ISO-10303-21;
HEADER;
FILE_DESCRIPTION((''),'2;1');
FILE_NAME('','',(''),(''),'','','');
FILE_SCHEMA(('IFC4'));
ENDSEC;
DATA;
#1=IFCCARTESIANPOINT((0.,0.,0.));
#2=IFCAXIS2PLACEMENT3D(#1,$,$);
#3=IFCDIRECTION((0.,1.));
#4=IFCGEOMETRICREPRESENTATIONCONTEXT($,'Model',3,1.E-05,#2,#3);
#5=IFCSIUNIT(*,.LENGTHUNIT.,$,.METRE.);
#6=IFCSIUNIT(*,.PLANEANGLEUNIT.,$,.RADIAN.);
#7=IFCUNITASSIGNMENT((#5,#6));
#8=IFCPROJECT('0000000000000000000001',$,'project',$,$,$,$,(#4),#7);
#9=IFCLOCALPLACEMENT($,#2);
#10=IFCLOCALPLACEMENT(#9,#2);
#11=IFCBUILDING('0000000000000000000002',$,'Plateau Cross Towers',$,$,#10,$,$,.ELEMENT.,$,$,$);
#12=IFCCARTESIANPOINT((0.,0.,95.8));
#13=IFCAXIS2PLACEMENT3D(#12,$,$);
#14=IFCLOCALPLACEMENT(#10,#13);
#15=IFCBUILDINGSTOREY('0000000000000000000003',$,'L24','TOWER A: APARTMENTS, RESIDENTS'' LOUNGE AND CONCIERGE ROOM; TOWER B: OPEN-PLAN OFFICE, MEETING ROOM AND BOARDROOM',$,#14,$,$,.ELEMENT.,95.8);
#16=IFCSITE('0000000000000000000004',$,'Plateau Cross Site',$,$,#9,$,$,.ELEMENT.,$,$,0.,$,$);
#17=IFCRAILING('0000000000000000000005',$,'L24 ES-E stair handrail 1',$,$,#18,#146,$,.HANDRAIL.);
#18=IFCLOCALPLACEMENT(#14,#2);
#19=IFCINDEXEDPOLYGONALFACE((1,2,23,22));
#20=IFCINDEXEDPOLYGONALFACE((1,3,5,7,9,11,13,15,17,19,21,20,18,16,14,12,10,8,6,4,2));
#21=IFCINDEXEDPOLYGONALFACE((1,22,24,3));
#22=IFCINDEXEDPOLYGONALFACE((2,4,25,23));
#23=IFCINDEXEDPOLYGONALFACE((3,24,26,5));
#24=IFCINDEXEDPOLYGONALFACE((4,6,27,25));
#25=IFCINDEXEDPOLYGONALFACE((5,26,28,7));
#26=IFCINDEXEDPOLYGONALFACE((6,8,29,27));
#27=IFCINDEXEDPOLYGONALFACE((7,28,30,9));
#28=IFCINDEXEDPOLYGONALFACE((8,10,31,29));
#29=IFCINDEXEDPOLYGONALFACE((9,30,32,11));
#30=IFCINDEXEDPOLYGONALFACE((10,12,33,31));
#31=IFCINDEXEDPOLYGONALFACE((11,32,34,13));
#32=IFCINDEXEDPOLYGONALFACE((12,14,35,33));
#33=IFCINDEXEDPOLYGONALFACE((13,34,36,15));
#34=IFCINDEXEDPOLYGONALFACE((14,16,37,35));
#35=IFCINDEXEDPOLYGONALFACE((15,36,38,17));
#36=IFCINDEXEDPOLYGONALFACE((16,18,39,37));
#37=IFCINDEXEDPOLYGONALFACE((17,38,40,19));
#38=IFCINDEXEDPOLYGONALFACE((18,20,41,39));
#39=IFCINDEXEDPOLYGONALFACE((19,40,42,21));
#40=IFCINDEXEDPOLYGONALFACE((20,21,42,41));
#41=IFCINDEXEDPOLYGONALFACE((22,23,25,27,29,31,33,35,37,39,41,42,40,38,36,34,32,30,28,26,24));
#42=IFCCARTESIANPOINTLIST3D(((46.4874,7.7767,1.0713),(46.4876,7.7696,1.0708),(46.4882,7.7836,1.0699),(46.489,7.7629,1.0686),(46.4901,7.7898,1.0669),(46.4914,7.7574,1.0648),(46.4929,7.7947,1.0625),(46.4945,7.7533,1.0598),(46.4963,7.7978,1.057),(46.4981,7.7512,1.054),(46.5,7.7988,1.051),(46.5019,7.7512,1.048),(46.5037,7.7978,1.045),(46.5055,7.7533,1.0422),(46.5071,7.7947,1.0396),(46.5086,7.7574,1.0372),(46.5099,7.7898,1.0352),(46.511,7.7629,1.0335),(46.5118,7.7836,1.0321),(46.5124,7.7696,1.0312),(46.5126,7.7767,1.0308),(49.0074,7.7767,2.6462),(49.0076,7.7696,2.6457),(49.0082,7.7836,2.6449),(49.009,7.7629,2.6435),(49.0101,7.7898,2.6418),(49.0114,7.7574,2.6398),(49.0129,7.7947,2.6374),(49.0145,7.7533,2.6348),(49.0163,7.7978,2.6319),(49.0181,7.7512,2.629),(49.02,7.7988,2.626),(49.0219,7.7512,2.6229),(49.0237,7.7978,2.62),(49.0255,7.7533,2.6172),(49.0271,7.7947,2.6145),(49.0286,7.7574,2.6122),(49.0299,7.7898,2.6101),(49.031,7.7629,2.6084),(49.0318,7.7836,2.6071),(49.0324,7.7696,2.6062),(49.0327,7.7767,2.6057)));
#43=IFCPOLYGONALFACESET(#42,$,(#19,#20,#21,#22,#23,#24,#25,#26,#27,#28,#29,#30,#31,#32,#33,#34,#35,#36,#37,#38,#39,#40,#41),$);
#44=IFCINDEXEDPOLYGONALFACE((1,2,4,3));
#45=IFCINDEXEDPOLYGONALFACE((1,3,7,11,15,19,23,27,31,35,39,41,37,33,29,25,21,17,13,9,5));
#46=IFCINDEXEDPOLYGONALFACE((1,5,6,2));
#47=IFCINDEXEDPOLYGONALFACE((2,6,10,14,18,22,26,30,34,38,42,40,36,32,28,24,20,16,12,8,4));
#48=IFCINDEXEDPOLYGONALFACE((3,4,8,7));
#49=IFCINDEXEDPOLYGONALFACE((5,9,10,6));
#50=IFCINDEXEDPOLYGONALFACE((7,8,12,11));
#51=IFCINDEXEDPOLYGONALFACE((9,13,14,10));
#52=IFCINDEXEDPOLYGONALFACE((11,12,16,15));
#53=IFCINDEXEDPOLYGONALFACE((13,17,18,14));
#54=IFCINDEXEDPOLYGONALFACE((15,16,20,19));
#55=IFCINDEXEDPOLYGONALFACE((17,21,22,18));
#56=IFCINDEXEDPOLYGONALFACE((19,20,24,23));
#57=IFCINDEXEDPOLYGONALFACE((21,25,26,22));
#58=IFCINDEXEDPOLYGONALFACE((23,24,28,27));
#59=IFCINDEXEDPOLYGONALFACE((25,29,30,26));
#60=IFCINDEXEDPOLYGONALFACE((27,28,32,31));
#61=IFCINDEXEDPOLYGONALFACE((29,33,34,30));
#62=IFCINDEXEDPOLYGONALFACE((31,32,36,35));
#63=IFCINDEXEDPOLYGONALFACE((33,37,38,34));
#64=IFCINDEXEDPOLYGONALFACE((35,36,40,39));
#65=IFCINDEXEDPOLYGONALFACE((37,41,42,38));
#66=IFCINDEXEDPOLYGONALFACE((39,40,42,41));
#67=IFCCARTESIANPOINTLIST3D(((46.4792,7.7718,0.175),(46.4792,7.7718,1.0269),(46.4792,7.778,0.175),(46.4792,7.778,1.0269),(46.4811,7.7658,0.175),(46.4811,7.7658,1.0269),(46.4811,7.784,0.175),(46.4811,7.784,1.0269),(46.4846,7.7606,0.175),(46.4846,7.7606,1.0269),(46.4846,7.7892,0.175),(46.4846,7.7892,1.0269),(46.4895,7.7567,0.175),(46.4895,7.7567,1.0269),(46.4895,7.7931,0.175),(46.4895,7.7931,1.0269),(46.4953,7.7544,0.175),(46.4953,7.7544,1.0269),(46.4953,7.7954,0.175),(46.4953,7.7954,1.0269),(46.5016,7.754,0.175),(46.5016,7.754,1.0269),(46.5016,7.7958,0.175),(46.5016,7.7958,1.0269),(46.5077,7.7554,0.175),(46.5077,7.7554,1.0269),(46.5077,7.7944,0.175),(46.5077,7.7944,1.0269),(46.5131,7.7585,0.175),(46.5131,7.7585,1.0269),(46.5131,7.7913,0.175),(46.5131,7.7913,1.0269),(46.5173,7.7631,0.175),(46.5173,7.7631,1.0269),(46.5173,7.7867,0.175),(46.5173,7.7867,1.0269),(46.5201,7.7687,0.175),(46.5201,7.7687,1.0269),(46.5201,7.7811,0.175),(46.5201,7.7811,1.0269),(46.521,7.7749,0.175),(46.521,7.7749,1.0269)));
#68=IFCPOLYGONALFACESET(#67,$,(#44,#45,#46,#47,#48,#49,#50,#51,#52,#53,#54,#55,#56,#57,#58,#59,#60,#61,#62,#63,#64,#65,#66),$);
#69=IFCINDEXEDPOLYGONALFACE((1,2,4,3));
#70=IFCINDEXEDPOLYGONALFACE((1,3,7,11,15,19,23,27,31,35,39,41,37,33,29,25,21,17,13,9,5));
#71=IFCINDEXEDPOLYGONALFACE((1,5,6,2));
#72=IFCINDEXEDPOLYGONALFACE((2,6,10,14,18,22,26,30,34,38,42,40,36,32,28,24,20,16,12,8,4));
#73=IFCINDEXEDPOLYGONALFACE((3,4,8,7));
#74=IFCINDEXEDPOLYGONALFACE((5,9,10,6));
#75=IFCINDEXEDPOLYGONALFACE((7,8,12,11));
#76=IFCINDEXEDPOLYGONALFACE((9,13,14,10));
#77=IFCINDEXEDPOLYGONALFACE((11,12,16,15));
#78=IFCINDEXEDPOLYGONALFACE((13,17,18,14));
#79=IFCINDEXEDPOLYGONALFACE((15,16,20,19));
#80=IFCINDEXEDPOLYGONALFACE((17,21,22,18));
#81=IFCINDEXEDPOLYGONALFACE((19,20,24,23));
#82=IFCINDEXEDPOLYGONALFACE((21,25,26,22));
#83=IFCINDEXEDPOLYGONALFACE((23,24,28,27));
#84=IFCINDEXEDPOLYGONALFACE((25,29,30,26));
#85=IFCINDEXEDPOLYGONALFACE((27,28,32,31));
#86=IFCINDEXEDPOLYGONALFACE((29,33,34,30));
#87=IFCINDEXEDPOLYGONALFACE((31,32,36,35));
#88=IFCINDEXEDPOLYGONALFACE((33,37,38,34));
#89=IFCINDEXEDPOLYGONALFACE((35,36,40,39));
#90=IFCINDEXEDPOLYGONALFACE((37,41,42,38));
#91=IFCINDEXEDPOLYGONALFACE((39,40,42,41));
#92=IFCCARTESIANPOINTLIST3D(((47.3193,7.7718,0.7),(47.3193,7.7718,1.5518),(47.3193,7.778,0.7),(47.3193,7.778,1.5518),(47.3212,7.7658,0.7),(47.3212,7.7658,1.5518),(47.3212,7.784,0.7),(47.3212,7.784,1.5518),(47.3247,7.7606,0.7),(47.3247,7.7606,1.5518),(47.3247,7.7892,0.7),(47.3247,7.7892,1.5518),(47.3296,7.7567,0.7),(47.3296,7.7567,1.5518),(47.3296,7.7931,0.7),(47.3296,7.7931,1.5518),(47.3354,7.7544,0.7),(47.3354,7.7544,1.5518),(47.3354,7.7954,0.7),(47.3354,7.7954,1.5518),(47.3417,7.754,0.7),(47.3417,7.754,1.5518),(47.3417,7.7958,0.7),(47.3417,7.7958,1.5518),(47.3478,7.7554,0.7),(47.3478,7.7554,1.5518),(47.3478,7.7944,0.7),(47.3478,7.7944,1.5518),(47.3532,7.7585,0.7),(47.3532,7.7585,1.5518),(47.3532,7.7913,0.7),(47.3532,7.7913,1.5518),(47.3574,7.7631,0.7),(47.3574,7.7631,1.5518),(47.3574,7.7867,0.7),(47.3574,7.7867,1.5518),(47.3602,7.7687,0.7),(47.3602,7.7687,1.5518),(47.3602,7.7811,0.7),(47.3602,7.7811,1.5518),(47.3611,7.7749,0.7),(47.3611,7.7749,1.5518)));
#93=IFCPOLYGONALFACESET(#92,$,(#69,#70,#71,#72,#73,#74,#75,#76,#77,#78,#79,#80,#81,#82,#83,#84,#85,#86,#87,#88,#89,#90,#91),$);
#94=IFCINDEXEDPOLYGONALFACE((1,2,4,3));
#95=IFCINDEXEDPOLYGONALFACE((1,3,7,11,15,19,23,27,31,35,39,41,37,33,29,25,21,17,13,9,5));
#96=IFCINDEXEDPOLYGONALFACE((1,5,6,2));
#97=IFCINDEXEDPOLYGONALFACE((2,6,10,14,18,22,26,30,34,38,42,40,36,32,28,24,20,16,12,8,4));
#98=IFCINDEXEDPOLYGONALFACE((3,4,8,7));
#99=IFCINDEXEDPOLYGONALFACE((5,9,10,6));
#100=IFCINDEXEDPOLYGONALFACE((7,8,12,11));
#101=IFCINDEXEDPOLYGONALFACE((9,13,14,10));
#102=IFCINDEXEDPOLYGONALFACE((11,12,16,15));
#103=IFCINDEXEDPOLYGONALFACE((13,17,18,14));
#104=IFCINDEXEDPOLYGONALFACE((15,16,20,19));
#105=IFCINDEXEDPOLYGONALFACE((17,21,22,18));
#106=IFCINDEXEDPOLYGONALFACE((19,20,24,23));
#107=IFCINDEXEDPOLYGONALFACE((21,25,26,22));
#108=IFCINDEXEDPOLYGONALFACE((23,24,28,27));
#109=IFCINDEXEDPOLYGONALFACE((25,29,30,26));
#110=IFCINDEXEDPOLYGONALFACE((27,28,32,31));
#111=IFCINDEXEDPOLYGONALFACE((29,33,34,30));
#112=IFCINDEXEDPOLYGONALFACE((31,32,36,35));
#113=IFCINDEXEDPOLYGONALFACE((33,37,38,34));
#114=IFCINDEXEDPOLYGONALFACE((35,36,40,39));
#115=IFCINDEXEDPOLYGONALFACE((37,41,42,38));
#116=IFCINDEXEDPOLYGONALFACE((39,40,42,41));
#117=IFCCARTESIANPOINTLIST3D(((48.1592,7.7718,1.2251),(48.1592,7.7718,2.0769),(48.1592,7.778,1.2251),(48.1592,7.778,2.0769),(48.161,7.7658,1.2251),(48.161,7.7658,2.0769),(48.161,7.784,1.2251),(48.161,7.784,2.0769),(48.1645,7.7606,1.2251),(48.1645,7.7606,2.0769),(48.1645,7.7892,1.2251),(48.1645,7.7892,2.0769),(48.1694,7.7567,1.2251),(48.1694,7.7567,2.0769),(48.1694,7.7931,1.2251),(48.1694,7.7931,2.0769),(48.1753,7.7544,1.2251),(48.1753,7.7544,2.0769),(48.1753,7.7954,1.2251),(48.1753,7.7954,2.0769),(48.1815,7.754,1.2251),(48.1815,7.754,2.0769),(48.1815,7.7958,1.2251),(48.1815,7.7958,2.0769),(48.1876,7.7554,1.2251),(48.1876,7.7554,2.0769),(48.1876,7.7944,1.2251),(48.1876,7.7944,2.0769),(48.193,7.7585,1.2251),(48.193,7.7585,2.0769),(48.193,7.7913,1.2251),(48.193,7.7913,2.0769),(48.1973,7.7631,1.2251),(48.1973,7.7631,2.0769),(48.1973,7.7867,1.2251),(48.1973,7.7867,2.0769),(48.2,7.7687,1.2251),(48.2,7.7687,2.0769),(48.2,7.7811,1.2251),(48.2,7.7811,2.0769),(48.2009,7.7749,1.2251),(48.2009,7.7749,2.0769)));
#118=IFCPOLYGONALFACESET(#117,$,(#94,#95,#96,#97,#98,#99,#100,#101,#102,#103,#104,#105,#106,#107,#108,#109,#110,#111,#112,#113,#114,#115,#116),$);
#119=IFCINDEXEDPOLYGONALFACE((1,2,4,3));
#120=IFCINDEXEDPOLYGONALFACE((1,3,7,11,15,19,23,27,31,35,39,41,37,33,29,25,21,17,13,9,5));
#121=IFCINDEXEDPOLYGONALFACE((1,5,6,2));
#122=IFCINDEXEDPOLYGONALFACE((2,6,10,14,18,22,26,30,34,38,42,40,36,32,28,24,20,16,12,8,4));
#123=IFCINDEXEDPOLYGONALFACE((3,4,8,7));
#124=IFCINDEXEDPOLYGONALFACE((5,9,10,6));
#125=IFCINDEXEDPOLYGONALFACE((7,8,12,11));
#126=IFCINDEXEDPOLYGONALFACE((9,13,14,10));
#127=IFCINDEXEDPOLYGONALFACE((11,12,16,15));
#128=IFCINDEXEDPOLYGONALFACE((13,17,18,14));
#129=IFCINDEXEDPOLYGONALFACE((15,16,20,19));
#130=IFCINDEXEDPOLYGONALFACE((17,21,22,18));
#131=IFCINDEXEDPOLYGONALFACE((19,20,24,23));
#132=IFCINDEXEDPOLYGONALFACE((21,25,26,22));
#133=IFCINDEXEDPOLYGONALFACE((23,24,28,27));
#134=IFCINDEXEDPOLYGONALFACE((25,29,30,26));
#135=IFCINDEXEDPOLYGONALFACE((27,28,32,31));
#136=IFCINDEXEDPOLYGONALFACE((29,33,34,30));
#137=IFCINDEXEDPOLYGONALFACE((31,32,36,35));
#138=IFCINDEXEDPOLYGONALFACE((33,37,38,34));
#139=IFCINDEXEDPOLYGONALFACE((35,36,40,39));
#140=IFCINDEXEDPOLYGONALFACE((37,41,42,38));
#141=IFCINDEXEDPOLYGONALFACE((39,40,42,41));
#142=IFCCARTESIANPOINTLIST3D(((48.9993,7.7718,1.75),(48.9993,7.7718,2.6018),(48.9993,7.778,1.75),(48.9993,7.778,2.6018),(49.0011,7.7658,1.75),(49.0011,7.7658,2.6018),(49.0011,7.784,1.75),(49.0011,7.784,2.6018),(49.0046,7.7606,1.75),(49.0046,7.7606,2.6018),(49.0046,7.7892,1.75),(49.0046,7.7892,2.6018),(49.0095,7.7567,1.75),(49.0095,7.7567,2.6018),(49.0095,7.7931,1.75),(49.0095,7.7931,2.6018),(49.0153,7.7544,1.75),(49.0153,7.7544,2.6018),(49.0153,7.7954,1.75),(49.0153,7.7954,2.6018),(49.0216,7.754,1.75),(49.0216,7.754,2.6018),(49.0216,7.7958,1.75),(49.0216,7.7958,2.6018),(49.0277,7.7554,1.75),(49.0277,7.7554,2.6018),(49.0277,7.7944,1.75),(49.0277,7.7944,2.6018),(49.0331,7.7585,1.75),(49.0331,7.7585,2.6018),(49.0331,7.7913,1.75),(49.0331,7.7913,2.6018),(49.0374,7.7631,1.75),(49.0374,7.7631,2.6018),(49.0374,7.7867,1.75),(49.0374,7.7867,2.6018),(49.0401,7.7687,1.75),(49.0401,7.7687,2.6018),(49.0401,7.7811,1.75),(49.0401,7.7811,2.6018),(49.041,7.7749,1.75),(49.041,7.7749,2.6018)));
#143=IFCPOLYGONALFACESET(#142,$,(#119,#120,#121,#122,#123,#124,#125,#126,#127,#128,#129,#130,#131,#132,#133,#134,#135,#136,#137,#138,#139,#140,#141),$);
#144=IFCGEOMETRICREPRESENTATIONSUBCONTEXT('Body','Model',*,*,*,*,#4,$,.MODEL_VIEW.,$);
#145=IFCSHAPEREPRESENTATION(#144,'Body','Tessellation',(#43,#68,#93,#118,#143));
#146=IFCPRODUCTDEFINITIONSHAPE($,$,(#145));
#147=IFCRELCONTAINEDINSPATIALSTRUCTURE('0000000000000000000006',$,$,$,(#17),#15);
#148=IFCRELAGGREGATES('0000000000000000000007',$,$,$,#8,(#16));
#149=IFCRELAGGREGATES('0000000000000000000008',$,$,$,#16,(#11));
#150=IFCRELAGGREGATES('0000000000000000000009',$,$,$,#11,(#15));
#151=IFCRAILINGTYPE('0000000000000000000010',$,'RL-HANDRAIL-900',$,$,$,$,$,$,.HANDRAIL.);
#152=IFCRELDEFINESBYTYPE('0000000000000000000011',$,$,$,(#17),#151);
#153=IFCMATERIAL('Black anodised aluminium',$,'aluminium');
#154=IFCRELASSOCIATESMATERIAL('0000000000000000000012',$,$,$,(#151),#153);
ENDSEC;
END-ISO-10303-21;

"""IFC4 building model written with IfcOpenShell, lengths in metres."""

from ifc_helpers import new_model, si_unit, direction, frame, origin, origin_2d, place, context, subcontext, project, spatial, circle, extrude, material, type_object, element, save


model = new_model("IFC4")

# Units and contexts
model_context = context("Model", 3, precision=1e-05, world=origin(), true_north=direction((0.0, 1.0)))
body_context = subcontext(model_context, "Body", "Model", "MODEL_VIEW")
ifc_project = project(units=[si_unit("LENGTHUNIT", "METRE"), si_unit("PLANEANGLEUNIT", "RADIAN")], contexts=[model_context])

# Site, building, storey
site_placement = place(None, origin())
site = spatial("IfcSite", under=ifc_project, at=site_placement, Name="Plateau Cross Site", CompositionType="ELEMENT", RefElevation=0.0)
building_placement = place(site_placement, origin())
building = spatial("IfcBuilding", under=site, at=building_placement, Name="Plateau Cross Towers", CompositionType="ELEMENT")
storey_placement = place(building_placement, frame((0.0, 0.0, 95.8)))
storey = spatial("IfcBuildingStorey", under=building, at=storey_placement, Name="L24", Description="TOWER A: APARTMENTS, RESIDENTS' LOUNGE AND CONCIERGE ROOM; TOWER B: OPEN-PLAN OFFICE, MEETING ROOM AND BOARDROOM", CompositionType="ELEMENT", Elevation=95.8)

# Shared definitions
ifc_material_1 = material(Name="Black anodised aluminium", Category="aluminium")

# Railing
railing_type_1 = type_object("IfcRailingType", Name="RL-HANDRAIL-900", PredefinedType="HANDRAIL", material=ifc_material_1)
railing_placement = place(storey_placement, frame((46.5, 7.7749, 0.175)))
element("IfcRailing", 1, at=railing_placement, inside=storey, type_object=railing_type_1, Name="L24 ES-E stair handrail 1", PredefinedType="HANDRAIL", context=body_context, shape_type="SweptSolid", body=[
    extrude(circle(Radius=0.0239, at=origin_2d()), frame((0.0, 0.0, 0.876), z_axis=(0.848008, 0.0, 0.529984), x_axis=(0.0, 1.0, 0.0)), (0.0, 0.0, 1.0), 2.9717),
    extrude(circle(Radius=0.021, at=origin_2d()), origin(), (0.0, 0.0, 1.0), 0.8518),
    extrude(circle(Radius=0.021, at=origin_2d()), frame((0.8401, 0.0, 0.5249)), (0.0, 0.0, 1.0), 0.8518),
    extrude(circle(Radius=0.021, at=origin_2d()), frame((1.6799, 0.0, 1.05)), (0.0, 0.0, 1.0), 0.8518),
    extrude(circle(Radius=0.021, at=origin_2d()), frame((2.52, 0.0, 1.575)), (0.0, 0.0, 1.0), 0.8518),
])

save(model, "model.ifc")
